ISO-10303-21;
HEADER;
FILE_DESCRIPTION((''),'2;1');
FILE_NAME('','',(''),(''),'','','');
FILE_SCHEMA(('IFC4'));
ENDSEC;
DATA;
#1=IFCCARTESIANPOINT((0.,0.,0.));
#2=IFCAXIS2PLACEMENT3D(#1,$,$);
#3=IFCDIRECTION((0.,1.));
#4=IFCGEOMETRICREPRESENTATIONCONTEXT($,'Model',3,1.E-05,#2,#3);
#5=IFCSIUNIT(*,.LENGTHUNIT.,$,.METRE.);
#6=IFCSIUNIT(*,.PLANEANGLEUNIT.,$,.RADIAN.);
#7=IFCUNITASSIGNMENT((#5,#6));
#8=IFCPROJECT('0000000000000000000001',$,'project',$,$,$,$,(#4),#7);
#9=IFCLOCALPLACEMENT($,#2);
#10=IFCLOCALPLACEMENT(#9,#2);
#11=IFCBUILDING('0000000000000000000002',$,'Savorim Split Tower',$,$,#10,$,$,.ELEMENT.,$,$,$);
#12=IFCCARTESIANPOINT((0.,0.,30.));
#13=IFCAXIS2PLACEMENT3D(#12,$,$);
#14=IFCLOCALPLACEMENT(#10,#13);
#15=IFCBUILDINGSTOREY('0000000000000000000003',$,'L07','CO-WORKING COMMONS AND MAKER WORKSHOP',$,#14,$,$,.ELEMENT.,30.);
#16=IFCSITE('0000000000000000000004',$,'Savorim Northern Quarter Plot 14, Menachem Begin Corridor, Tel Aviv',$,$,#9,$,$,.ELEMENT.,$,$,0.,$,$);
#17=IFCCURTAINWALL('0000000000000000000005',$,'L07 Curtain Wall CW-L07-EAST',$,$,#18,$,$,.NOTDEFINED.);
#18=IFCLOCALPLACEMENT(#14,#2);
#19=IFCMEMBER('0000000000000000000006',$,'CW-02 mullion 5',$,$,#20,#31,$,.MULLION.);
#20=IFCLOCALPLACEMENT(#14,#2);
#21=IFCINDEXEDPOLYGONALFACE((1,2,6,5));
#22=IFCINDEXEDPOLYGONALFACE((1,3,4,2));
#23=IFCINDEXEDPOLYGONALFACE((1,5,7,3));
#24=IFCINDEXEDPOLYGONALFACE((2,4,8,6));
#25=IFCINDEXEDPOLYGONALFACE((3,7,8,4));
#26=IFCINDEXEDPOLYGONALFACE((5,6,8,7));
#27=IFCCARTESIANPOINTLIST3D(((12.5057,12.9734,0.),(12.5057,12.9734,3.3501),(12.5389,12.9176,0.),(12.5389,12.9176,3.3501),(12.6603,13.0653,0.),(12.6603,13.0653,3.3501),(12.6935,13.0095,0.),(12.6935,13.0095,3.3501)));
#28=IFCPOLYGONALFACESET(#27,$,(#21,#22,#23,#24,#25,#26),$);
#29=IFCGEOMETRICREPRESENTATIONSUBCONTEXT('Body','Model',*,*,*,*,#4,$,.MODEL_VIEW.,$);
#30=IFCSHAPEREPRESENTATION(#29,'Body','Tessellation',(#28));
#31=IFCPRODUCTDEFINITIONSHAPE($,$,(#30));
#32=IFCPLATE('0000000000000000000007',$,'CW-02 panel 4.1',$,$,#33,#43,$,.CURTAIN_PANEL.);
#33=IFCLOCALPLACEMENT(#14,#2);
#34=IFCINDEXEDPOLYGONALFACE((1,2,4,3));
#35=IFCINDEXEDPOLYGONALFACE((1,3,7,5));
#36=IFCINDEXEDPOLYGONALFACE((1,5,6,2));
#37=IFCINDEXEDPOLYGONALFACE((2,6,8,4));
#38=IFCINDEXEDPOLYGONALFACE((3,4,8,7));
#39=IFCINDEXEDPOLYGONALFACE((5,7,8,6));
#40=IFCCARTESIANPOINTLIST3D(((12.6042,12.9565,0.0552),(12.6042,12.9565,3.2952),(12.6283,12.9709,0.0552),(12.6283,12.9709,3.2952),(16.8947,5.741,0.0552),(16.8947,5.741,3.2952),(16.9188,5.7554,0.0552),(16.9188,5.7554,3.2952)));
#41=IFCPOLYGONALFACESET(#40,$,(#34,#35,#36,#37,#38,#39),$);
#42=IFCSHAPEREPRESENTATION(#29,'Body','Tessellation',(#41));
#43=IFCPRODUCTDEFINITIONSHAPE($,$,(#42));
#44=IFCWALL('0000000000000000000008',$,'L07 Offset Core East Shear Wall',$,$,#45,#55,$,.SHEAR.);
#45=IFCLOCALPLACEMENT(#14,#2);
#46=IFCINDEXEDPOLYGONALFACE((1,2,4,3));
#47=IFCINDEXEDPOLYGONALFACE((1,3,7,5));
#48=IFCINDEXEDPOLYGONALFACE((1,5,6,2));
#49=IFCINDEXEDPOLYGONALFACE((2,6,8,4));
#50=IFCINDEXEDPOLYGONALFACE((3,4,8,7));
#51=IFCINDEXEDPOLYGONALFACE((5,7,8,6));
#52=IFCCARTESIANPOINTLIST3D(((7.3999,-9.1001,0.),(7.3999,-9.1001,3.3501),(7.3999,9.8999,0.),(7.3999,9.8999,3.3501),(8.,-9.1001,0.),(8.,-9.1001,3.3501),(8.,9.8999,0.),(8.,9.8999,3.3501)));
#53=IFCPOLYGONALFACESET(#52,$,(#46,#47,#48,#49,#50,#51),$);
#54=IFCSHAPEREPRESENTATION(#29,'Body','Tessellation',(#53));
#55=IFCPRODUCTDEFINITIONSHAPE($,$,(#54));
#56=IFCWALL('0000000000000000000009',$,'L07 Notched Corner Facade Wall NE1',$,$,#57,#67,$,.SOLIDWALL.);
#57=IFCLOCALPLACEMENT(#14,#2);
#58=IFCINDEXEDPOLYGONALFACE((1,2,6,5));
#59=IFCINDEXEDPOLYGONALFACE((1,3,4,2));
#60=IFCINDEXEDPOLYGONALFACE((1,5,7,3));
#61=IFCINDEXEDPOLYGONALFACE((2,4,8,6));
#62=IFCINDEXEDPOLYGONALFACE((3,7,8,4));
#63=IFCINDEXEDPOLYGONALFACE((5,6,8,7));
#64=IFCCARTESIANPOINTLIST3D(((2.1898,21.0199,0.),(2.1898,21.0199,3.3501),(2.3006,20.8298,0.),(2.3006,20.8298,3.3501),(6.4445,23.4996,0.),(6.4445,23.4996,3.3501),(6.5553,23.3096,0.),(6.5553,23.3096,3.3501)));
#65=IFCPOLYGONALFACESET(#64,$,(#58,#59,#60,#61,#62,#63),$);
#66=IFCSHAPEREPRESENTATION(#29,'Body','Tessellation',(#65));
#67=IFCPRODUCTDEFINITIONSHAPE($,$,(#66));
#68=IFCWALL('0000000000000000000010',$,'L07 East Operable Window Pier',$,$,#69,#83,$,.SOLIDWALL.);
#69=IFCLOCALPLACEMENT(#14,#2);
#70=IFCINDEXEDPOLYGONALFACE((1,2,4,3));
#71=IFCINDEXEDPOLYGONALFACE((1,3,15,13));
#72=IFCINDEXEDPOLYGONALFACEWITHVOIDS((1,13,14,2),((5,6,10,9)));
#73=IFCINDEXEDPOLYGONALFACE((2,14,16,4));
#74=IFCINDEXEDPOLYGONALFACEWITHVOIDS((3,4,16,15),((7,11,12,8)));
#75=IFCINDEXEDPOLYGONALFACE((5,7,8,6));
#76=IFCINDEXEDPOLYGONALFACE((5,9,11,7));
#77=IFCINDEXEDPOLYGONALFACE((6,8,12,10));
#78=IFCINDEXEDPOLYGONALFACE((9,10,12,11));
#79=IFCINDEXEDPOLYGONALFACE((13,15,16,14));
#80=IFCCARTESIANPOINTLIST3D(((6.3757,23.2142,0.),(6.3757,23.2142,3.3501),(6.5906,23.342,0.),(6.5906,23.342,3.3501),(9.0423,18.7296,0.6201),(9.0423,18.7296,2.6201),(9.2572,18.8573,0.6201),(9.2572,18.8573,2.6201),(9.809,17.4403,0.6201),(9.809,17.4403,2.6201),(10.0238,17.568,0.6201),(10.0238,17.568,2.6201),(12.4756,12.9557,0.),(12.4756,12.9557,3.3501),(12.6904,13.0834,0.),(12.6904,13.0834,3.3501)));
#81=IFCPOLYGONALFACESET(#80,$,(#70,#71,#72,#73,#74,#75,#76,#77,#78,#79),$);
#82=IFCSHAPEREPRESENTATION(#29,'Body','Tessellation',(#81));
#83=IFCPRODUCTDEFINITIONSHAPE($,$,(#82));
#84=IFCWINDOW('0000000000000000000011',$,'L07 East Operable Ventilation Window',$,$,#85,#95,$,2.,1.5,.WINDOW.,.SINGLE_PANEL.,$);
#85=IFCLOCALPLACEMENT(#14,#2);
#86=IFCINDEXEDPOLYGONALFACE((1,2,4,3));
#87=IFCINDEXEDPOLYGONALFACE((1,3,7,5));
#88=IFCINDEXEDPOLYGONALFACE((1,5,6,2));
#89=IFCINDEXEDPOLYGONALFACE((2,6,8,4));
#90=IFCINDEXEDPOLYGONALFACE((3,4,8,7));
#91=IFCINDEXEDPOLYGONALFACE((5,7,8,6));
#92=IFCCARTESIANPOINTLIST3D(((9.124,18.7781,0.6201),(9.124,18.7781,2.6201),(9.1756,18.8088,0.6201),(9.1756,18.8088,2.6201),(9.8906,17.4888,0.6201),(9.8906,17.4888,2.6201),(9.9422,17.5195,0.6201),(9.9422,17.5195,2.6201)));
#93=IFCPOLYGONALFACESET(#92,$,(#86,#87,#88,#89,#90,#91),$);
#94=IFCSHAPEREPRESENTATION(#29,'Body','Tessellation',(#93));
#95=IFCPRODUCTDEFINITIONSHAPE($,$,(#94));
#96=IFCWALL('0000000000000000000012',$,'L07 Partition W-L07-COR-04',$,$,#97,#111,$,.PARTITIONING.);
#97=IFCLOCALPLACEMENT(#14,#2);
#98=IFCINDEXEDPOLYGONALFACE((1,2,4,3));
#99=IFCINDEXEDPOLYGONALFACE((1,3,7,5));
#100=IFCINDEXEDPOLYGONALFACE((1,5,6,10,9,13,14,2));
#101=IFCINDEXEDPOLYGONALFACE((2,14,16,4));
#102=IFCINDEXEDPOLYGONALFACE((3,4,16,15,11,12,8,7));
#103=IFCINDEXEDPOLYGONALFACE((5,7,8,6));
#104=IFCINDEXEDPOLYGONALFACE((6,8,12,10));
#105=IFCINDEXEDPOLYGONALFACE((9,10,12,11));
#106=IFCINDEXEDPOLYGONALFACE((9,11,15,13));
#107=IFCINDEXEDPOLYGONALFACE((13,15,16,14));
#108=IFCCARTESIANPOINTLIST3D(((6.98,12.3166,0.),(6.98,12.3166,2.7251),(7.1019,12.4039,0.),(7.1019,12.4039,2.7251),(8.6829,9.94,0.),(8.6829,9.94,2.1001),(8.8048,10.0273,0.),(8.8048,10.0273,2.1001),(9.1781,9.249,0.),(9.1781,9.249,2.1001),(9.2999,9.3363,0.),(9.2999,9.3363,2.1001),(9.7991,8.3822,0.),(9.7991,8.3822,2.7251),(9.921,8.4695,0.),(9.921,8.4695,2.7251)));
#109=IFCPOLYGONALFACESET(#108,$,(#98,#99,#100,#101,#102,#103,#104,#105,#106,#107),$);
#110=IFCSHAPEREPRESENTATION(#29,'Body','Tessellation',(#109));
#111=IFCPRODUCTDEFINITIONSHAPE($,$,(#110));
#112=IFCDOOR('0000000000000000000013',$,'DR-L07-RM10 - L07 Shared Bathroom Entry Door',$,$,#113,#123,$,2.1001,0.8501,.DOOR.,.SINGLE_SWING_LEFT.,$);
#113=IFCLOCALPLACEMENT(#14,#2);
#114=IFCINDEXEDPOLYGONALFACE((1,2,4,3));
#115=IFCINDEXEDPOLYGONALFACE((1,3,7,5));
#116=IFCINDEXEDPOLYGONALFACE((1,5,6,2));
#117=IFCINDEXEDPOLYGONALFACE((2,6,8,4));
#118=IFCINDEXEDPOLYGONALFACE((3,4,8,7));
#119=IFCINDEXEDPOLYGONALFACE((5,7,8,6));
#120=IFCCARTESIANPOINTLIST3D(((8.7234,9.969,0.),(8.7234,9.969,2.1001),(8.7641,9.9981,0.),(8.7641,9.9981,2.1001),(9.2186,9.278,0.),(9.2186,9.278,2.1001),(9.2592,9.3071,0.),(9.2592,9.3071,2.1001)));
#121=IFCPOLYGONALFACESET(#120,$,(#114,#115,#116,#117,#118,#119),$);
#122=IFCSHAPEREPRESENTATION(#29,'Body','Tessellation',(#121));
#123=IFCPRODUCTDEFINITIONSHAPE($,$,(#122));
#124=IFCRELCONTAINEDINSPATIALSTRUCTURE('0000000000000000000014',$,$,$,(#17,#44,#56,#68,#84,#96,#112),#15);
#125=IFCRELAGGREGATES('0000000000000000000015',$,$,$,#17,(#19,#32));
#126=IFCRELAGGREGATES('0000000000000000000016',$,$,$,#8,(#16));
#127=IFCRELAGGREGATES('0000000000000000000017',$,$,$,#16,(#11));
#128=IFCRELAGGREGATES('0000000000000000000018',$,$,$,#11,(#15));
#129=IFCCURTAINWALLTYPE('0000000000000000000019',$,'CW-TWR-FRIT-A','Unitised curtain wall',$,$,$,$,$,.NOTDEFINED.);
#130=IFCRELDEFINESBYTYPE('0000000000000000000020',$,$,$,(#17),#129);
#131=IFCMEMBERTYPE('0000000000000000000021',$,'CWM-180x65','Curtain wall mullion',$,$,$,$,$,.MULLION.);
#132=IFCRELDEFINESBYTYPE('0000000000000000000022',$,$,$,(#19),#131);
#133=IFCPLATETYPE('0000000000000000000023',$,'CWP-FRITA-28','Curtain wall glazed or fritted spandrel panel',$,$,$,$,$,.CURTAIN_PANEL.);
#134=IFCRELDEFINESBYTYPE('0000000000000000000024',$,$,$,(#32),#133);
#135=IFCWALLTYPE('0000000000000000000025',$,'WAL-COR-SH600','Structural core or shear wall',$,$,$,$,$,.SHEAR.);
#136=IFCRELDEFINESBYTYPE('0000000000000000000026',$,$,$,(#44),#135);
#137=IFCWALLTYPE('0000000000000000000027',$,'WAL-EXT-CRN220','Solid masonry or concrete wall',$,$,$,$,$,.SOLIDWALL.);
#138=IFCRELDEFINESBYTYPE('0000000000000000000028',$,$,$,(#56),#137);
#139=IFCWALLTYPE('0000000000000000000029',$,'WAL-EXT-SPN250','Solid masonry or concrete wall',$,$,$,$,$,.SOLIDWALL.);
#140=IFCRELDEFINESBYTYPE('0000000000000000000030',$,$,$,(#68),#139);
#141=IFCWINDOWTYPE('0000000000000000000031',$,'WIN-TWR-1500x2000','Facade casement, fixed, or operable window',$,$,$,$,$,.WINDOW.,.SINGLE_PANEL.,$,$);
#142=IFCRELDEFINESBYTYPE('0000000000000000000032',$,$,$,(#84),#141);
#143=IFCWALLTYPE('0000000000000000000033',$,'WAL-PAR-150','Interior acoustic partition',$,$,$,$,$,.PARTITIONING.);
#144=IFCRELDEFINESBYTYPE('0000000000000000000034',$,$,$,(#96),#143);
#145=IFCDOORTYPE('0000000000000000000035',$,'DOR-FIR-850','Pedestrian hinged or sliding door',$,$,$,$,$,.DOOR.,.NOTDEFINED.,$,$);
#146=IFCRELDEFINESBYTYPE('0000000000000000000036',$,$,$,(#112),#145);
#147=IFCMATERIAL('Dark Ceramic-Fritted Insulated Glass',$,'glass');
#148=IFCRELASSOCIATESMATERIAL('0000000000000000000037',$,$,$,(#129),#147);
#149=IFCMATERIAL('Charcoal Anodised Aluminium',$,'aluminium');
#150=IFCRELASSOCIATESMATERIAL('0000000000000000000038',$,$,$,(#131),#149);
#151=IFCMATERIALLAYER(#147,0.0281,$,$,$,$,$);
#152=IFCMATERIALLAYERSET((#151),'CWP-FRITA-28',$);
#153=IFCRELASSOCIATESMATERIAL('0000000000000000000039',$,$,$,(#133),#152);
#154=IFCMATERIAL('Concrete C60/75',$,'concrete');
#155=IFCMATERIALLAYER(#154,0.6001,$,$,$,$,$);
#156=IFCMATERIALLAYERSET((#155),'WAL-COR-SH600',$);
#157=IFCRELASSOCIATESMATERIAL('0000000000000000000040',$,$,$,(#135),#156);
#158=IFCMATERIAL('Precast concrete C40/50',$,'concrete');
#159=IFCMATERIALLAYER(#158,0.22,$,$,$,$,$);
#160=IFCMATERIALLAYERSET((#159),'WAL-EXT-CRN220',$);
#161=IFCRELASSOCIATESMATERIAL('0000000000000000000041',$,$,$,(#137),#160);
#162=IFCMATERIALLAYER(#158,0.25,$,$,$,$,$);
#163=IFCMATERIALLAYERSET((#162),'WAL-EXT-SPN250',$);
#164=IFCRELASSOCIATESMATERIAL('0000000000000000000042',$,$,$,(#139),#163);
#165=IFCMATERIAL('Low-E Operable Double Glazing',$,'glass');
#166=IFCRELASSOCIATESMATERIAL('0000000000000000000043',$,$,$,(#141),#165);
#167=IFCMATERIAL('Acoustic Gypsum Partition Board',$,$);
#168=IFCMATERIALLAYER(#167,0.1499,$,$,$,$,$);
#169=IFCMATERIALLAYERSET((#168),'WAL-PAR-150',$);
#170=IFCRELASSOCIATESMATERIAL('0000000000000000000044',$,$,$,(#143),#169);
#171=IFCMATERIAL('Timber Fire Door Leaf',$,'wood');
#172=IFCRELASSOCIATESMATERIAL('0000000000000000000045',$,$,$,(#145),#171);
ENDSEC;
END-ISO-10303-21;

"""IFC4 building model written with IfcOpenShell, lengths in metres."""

from ifc_helpers import new_model, si_unit, direction, frame, frame_2d, origin, origin_2d, place, context, subcontext, project, spatial, rectangle, extrude, material, layer, layer_set, material_profile, profile_set, type_object, element, fill, aggregate, save


model = new_model("IFC4")

# Units and contexts
model_context = context("Model", 3, precision=1e-05, world=origin(), true_north=direction((0.0, 1.0)))
body_context = subcontext(model_context, "Body", "Model", "MODEL_VIEW")
ifc_project = project(units=[si_unit("LENGTHUNIT", "METRE"), si_unit("PLANEANGLEUNIT", "RADIAN")], contexts=[model_context])

# Site, building, storey
site_placement = place(None, origin())
site = spatial("IfcSite", under=ifc_project, at=site_placement, Name="Savorim Northern Quarter Plot 14, Menachem Begin Corridor, Tel Aviv", CompositionType="ELEMENT", RefElevation=0.0)
building_placement = place(site_placement, origin())
building = spatial("IfcBuilding", under=site, at=building_placement, Name="Savorim Split Tower", CompositionType="ELEMENT")
storey_placement = place(building_placement, frame((0.0, 0.0, 30.0)))
storey = spatial("IfcBuildingStorey", under=building, at=storey_placement, Name="L07", Description="CO-WORKING COMMONS AND MAKER WORKSHOP", CompositionType="ELEMENT", Elevation=30.0)

# Curtain wall, member, plate
ifc_material_1 = material(Name="Dark Ceramic-Fritted Insulated Glass", Category="glass")
curtain_wall_type = type_object("IfcCurtainWallType", Name="CW-TWR-FRIT-A", Description="Unitised curtain wall", PredefinedType="NOTDEFINED", material=ifc_material_1)
curtain_wall_placement = place(storey_placement, origin())
curtain_wall = element("IfcCurtainWall", 1, at=curtain_wall_placement, inside=storey, type_object=curtain_wall_type, Name="L07 Curtain Wall CW-L07-EAST", PredefinedType="NOTDEFINED")
ifc_material_2 = material(Name="Charcoal Anodised Aluminium", Category="aluminium")
ifc_material_profile_1 = material_profile(ifc_material_2, rectangle(XDim=0.1799, YDim=0.0649, at=origin_2d()), Name="ALU-M 180x65")
ifc_profile_set_1 = profile_set([ifc_material_profile_1], Name="Charcoal Anodised Aluminium")
member_type = type_object("IfcMemberType", Name="CWM-180x65", Description="Curtain wall mullion", PredefinedType="MULLION", material=ifc_profile_set_1)
member_placement = place(storey_placement, frame((12.5996, 12.9915, 0.0), z_axis=(0.0, 0.0, 1.0), x_axis=(-0.859526, -0.511092, 0.0)))
member = element("IfcMember", 2, at=member_placement, type_object=member_type, Name="CW-02 mullion 5", PredefinedType="MULLION", context=body_context, shape_type="SweptSolid", body=[
    extrude(rectangle(XDim=0.1799, YDim=0.0649, at=origin_2d()), origin(), (0.0, 0.0, 1.0), 3.3501),
])
ifc_layer_1 = layer(ifc_material_1, 0.0281)
ifc_layer_set_1 = layer_set([ifc_layer_1], Name="CWP-FRITA-28")
plate_type = type_object("IfcPlateType", Name="CWP-FRITA-28", Description="Curtain wall glazed or fritted spandrel panel", PredefinedType="CURTAIN_PANEL", material=ifc_layer_set_1)
plate_placement = place(storey_placement, frame((14.7615, 9.356, 0.0552), z_axis=(0.0, 0.0, 1.0), x_axis=(-0.511092, 0.859526, 0.0)))
plate = element("IfcPlate", 3, at=plate_placement, type_object=plate_type, Name="CW-02 panel 4.1", PredefinedType="CURTAIN_PANEL", context=body_context, shape_type="SweptSolid", body=[
    extrude(rectangle(XDim=8.3948, YDim=0.0281, at=origin_2d()), origin(), (0.0, 0.0, 1.0), 3.24),
])
aggregate(curtain_wall, [member, plate])

# Shared definitions
ifc_material_3 = material(Name="Concrete C60/75", Category="concrete")
ifc_layer_2 = layer(ifc_material_3, 0.6001)
ifc_layer_set_2 = layer_set([ifc_layer_2], Name="WAL-COR-SH600")
wall_type_1 = type_object("IfcWallType", Name="WAL-COR-SH600", Description="Structural core or shear wall", PredefinedType="SHEAR", material=ifc_layer_set_2)
ifc_material_4 = material(Name="Timber Fire Door Leaf", Category="wood")

# Walls
wall_1_placement = place(storey_placement, frame((7.7, 9.8999, 0.0), z_axis=(0.0, 0.0, 1.0), x_axis=(0.0, -1.0, 0.0)))
element("IfcWall", 4, at=wall_1_placement, inside=storey, type_object=wall_type_1, Name="L07 Offset Core East Shear Wall", PredefinedType="SHEAR", context=body_context, shape_type="SweptSolid", body=[
    extrude(rectangle(XDim=19.0, YDim=0.6001, at=frame_2d((9.5, 0.0))), origin(), (0.0, 0.0, 1.0), 3.3501),
])
ifc_material_5 = material(Name="Precast concrete C40/50", Category="concrete")
ifc_layer_3 = layer(ifc_material_5, 0.22)
ifc_layer_set_3 = layer_set([ifc_layer_3], Name="WAL-EXT-CRN220")
wall_type_2 = type_object("IfcWallType", Name="WAL-EXT-CRN220", Description="Solid masonry or concrete wall", PredefinedType="SOLIDWALL", material=ifc_layer_set_3)
wall_2_placement = place(storey_placement, frame((2.2451, 20.9248, 0.0), z_axis=(0.0, 0.0, 1.0), x_axis=(0.863968, 0.503547, 0.0)))
element("IfcWall", 5, at=wall_2_placement, inside=storey, type_object=wall_type_2, Name="L07 Notched Corner Facade Wall NE1", PredefinedType="SOLIDWALL", context=body_context, shape_type="SweptSolid", body=[
    extrude(rectangle(XDim=4.9246, YDim=0.22, at=frame_2d((2.4624, 0.0))), origin(), (0.0, 0.0, 1.0), 3.3501),
])

# Wall, opening, window
ifc_layer_4 = layer(ifc_material_5, 0.25)
ifc_layer_set_4 = layer_set([ifc_layer_4], Name="WAL-EXT-SPN250")
wall_type_3 = type_object("IfcWallType", Name="WAL-EXT-SPN250", Description="Solid masonry or concrete wall", PredefinedType="SOLIDWALL", material=ifc_layer_set_4)
wall_3_placement = place(storey_placement, frame((6.4832, 23.2781, 0.0), z_axis=(0.0, 0.0, 1.0), x_axis=(0.511086, -0.859529, 0.0)))
wall_3 = element("IfcWall", 6, at=wall_3_placement, inside=storey, type_object=wall_type_3, Name="L07 East Operable Window Pier", PredefinedType="SOLIDWALL", context=body_context, shape_type="SweptSolid", body=[
    extrude(rectangle(XDim=11.9351, YDim=0.25, at=frame_2d((5.9675, 0.0))), origin(), (0.0, 0.0, 1.0), 3.3501),
])
opening_1_placement = place(wall_3_placement, frame((5.2175, 0.0, 0.6201)))
opening_1 = element("IfcOpeningElement", 7, at=opening_1_placement, cuts=wall_3, PredefinedType="OPENING", context=body_context, shape_type="SweptSolid", body=[
    extrude(rectangle(XDim=1.5, YDim=2.0, at=frame_2d((0.75, 1.0))), frame((0.0, 0.135, 0.0), z_axis=(0.0, -1.0, 0.0), x_axis=(1.0, 0.0, 0.0)), (0.0, 0.0, 1.0), 0.27),
])
ifc_material_6 = material(Name="Low-E Operable Double Glazing", Category="glass")
window_type = type_object("IfcWindowType", Name="WIN-TWR-1500x2000", Description="Facade casement, fixed, or operable window", PartitioningType="SINGLE_PANEL", PredefinedType="WINDOW", material=ifc_material_6)
window_placement = place(opening_1_placement, origin())
window = element("IfcWindow", 8, at=window_placement, inside=storey, type_object=window_type, Name="L07 East Operable Ventilation Window", OverallHeight=2.0, OverallWidth=1.5, PartitioningType="SINGLE_PANEL", PredefinedType="WINDOW", context=body_context, shape_type="SweptSolid", body=[
    extrude(rectangle(XDim=1.5, YDim=2.0, at=frame_2d((0.75, 1.0))), frame((0.0, 0.03, 0.0), z_axis=(0.0, -1.0, 0.0), x_axis=(1.0, 0.0, 0.0)), (0.0, 0.0, 1.0), 0.0601),
])
fill(opening_1, window)

# Wall, opening, door
ifc_material_7 = material(Name="Acoustic Gypsum Partition Board")
ifc_layer_5 = layer(ifc_material_7, 0.1499)
ifc_layer_set_5 = layer_set([ifc_layer_5], Name="WAL-PAR-150")
wall_type_4 = type_object("IfcWallType", Name="WAL-PAR-150", Description="Interior acoustic partition", PredefinedType="PARTITIONING", material=ifc_layer_set_5)
wall_4_placement = place(storey_placement, frame((7.041, 12.3601, 0.0), z_axis=(0.0, 0.0, 1.0), x_axis=(0.58245, -0.812867, 0.0)))
wall_4 = element("IfcWall", 9, at=wall_4_placement, inside=storey, type_object=wall_type_4, Name="L07 Partition W-L07-COR-04", PredefinedType="PARTITIONING", context=body_context, shape_type="SweptSolid", body=[
    extrude(rectangle(XDim=4.8401, YDim=0.1499, at=frame_2d((2.4199, 0.0))), origin(), (0.0, 0.0, 1.0), 2.7251),
])
opening_2_placement = place(wall_4_placement, frame((2.9236, 0.0, 0.0)))
opening_2 = element("IfcOpeningElement", 10, at=opening_2_placement, cuts=wall_4, PredefinedType="OPENING", context=body_context, shape_type="SweptSolid", body=[
    extrude(rectangle(XDim=0.8501, YDim=2.1001, at=frame_2d((0.425, 1.05))), frame((0.0, 0.085, 0.0), z_axis=(0.0, -1.0, 0.0), x_axis=(1.0, 0.0, 0.0)), (0.0, 0.0, 1.0), 0.1699),
])
door_type_1 = type_object("IfcDoorType", Name="DOR-FIR-850", Description="Pedestrian hinged or sliding door", OperationType="NOTDEFINED", PredefinedType="DOOR", material=ifc_material_4)
door_1_placement = place(opening_2_placement, origin())
door_1 = element("IfcDoor", 11, at=door_1_placement, inside=storey, type_object=door_type_1, Name="DR-L07-RM10 - L07 Shared Bathroom Entry Door", OperationType="SINGLE_SWING_LEFT", OverallHeight=2.1001, OverallWidth=0.8501, PredefinedType="DOOR", context=body_context, shape_type="SweptSolid", body=[
    extrude(rectangle(XDim=0.8501, YDim=2.1001, at=frame_2d((0.425, 1.05))), frame((0.0, 0.0249, 0.0), z_axis=(0.0, -1.0, 0.0), x_axis=(1.0, 0.0, 0.0)), (0.0, 0.0, 1.0), 0.05),
])
fill(opening_2, door_1)

save(model, "model.ifc")
